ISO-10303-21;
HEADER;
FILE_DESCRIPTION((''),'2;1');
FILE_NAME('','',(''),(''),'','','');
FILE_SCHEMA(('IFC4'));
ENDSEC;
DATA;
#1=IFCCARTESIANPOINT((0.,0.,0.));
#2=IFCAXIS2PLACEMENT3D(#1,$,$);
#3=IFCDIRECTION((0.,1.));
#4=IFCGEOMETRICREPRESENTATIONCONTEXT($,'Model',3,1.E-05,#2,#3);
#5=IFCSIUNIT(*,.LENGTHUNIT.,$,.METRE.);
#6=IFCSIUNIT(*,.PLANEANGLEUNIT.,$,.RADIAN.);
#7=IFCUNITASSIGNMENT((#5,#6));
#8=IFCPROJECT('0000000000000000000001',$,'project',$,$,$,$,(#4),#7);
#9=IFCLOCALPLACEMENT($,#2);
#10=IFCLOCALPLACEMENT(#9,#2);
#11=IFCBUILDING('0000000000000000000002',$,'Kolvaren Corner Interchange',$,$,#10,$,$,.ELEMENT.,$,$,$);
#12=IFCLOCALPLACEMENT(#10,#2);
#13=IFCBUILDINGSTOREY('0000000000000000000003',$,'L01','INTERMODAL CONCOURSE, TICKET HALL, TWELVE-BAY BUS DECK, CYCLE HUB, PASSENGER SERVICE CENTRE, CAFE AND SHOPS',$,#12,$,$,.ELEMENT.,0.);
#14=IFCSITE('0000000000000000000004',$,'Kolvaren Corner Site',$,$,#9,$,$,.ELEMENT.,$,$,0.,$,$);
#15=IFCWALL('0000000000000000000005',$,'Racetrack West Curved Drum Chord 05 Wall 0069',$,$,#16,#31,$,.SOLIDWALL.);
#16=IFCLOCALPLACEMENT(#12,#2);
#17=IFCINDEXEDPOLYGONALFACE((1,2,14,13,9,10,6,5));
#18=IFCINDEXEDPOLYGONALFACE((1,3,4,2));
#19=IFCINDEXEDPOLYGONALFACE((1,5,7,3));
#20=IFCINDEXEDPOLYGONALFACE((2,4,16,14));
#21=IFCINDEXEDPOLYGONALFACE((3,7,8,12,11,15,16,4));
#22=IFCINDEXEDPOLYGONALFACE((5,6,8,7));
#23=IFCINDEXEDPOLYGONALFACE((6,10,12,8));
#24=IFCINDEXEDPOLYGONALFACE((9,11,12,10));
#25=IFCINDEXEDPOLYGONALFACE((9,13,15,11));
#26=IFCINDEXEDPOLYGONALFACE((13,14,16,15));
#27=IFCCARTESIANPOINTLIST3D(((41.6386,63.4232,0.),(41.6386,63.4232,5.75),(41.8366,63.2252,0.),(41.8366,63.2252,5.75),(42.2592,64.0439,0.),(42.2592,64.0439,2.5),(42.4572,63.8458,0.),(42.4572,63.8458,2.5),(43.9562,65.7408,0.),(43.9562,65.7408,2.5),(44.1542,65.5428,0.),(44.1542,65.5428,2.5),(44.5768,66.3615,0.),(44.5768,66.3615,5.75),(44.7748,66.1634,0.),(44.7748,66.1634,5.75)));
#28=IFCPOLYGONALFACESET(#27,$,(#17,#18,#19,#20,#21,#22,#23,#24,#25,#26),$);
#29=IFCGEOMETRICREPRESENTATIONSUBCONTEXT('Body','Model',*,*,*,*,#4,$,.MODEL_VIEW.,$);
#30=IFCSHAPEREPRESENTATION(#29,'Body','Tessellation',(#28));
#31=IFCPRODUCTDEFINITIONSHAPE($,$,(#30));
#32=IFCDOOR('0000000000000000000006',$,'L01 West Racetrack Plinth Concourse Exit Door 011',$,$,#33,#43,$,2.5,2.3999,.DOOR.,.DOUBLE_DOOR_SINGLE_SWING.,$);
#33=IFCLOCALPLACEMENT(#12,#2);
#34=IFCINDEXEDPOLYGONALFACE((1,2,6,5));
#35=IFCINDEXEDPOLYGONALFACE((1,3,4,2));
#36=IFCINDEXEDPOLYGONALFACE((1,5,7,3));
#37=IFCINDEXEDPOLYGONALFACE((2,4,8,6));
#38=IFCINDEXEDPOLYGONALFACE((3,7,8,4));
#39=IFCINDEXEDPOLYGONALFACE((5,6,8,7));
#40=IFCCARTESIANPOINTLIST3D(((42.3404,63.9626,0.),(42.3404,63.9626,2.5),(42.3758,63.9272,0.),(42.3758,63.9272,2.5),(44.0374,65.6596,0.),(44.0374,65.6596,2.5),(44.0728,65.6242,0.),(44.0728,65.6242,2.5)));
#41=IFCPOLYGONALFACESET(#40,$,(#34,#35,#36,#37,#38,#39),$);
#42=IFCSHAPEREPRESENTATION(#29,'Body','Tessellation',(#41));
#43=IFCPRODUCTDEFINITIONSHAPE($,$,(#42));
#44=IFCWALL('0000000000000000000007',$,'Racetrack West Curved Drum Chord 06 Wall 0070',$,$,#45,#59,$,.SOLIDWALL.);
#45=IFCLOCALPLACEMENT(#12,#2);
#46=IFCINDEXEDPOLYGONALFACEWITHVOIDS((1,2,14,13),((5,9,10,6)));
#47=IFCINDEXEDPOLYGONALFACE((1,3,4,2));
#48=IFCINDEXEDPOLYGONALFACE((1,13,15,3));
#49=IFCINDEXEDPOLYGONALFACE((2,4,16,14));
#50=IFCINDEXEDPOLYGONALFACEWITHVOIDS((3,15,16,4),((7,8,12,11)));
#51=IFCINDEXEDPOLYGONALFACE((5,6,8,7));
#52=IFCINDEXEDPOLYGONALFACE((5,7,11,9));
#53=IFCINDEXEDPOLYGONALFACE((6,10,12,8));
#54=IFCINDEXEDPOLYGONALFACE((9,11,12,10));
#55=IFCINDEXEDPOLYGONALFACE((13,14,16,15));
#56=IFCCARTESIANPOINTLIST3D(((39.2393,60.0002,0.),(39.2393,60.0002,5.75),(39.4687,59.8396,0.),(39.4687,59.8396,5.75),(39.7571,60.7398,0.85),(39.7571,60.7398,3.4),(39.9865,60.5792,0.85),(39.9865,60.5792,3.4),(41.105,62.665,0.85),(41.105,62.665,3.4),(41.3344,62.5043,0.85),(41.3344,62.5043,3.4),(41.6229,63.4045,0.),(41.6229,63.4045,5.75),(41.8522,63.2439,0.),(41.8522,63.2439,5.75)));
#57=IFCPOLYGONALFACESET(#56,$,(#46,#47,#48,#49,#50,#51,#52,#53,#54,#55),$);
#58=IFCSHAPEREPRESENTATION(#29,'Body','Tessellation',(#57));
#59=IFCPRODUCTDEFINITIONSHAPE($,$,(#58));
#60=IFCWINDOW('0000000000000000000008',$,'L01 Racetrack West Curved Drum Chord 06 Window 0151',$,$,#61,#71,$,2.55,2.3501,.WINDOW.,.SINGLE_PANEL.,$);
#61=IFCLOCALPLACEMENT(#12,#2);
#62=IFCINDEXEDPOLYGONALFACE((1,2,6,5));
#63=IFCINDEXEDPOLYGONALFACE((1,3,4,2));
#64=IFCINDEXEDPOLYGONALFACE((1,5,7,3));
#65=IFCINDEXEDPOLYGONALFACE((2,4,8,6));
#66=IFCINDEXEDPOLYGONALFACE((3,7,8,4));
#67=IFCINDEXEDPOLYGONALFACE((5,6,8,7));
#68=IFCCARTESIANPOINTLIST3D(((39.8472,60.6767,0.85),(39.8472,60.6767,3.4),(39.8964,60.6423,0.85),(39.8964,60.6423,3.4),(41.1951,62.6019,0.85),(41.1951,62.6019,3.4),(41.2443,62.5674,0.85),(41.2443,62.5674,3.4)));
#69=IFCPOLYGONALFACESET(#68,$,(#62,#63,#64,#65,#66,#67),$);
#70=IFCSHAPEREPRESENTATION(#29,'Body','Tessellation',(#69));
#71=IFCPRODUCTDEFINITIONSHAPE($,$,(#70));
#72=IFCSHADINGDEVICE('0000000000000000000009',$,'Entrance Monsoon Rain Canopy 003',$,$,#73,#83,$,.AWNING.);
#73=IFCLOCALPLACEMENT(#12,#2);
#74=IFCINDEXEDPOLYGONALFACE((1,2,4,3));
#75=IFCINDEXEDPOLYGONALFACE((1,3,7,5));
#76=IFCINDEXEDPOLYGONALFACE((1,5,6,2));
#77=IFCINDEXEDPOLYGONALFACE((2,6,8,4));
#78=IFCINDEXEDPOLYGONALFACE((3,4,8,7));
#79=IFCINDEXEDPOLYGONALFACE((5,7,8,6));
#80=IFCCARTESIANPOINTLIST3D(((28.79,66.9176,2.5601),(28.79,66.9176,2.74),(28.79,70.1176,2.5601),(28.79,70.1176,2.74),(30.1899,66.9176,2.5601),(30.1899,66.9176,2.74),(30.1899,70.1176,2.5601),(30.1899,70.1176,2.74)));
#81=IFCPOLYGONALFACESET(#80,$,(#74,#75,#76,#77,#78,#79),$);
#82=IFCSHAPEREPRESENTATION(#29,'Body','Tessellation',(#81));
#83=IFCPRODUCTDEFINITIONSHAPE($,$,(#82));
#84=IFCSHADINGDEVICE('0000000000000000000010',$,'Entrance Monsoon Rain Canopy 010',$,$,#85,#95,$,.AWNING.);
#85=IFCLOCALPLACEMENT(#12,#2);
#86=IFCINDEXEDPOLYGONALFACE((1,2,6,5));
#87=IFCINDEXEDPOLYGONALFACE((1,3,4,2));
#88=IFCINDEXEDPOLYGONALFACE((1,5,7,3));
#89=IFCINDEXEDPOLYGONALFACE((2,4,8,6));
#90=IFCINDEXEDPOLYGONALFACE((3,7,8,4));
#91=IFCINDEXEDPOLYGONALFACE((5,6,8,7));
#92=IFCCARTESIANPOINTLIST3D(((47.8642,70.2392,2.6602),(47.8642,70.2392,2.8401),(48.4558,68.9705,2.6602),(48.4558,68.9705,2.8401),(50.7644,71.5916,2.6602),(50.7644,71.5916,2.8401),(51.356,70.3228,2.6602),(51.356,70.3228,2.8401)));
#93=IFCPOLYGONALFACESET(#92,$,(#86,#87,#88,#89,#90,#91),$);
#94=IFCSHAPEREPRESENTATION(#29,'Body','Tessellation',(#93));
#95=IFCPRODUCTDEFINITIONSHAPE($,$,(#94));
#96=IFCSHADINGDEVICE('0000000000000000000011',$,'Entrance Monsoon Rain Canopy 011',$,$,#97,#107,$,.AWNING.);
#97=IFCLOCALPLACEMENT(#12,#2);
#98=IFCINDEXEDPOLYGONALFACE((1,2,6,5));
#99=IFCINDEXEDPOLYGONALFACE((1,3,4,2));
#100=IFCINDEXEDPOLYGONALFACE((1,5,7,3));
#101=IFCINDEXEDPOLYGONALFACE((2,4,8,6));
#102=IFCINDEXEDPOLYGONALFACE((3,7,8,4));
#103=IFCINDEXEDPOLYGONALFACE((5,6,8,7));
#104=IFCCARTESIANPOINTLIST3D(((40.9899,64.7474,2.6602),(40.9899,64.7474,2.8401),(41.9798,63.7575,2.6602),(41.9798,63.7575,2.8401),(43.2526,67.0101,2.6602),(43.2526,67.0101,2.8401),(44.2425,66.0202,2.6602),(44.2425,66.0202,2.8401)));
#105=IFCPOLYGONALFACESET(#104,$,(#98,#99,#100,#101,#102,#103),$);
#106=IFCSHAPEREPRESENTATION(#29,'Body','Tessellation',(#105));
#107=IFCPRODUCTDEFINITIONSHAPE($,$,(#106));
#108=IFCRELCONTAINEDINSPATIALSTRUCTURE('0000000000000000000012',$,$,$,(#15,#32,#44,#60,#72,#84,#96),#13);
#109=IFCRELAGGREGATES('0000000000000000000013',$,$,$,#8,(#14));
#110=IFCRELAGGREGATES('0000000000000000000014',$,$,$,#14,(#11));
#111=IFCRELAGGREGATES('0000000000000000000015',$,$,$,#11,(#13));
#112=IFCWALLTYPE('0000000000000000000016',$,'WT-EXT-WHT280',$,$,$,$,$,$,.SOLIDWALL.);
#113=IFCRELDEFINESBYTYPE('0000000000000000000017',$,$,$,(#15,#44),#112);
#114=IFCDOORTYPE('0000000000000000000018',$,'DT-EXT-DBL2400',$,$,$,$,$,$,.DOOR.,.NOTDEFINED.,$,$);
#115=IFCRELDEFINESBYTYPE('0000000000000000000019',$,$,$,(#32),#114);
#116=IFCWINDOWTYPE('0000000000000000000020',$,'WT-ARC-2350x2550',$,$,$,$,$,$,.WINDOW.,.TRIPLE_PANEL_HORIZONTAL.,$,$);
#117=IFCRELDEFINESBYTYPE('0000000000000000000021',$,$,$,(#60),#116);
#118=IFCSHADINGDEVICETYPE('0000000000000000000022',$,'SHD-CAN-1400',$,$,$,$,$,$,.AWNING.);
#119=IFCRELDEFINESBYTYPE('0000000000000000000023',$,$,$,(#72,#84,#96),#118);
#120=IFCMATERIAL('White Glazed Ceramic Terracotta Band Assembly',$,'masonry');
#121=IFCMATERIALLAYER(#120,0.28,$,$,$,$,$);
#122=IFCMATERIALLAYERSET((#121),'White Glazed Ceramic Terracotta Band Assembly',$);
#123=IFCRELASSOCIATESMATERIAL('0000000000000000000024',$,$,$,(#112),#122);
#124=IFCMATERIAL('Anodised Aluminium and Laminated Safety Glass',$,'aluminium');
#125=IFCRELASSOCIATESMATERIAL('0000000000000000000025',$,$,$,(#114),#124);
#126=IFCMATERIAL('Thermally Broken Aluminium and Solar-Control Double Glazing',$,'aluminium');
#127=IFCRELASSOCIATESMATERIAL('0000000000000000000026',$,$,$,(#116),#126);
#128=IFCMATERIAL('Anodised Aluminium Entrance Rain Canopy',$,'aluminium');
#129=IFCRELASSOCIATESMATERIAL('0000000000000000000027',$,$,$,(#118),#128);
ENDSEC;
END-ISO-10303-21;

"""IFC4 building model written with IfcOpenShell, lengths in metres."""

from ifc_helpers import new_model, si_unit, direction, frame, frame_2d, origin, origin_2d, place, context, subcontext, project, spatial, rectangle, extrude, material, layer, layer_set, type_object, element, fill, save


model = new_model("IFC4")

# Units and contexts
model_context = context("Model", 3, precision=1e-05, world=origin(), true_north=direction((0.0, 1.0)))
body_context = subcontext(model_context, "Body", "Model", "MODEL_VIEW")
ifc_project = project(units=[si_unit("LENGTHUNIT", "METRE"), si_unit("PLANEANGLEUNIT", "RADIAN")], contexts=[model_context])

# Site, building, storey
site_placement = place(None, origin())
site = spatial("IfcSite", under=ifc_project, at=site_placement, Name="Kolvaren Corner Site", CompositionType="ELEMENT", RefElevation=0.0)
building_placement = place(site_placement, origin())
building = spatial("IfcBuilding", under=site, at=building_placement, Name="Kolvaren Corner Interchange", CompositionType="ELEMENT")
storey_placement = place(building_placement, origin())
storey = spatial("IfcBuildingStorey", under=building, at=storey_placement, Name="L01", Description="INTERMODAL CONCOURSE, TICKET HALL, TWELVE-BAY BUS DECK, CYCLE HUB, PASSENGER SERVICE CENTRE, CAFE AND SHOPS", CompositionType="ELEMENT", Elevation=0.0)

# Shared definitions
ifc_material_1 = material(Name="White Glazed Ceramic Terracotta Band Assembly", Category="masonry")
ifc_layer = layer(ifc_material_1, 0.28)
ifc_layer_set = layer_set([ifc_layer], Name="White Glazed Ceramic Terracotta Band Assembly")
wall_type = type_object("IfcWallType", Name="WT-EXT-WHT280", PredefinedType="SOLIDWALL", material=ifc_layer_set)
ifc_material_2 = material(Name="Anodised Aluminium and Laminated Safety Glass", Category="aluminium")
door_type = type_object("IfcDoorType", Name="DT-EXT-DBL2400", OperationType="NOTDEFINED", PredefinedType="DOOR", material=ifc_material_2)

# Shared definitions
ifc_material_3 = material(Name="Thermally Broken Aluminium and Solar-Control Double Glazing", Category="aluminium")
window_type = type_object("IfcWindowType", Name="WT-ARC-2350x2550", PartitioningType="TRIPLE_PANEL_HORIZONTAL", PredefinedType="WINDOW", material=ifc_material_3)

# Wall, opening, door
wall_1_placement = place(storey_placement, frame((44.6758, 66.2625, 0.0), z_axis=(0.0, 0.0, 1.0), x_axis=(-0.707107, -0.707107, 0.0)))
wall_1 = element("IfcWall", 1, at=wall_1_placement, inside=storey, type_object=wall_type, Name="Racetrack West Curved Drum Chord 05 Wall 0069", PredefinedType="SOLIDWALL", context=body_context, shape_type="SweptSolid", body=[
    extrude(rectangle(XDim=4.1553, YDim=0.28, at=frame_2d((2.0776, 0.0))), origin(), (0.0, 0.0, 1.0), 5.75),
])
opening_1_placement = place(wall_1_placement, frame((0.8777, 0.0, 0.0)))
opening_1 = element("IfcOpeningElement", 2, at=opening_1_placement, cuts=wall_1, PredefinedType="OPENING", context=body_context, shape_type="SweptSolid", body=[
    extrude(rectangle(XDim=2.3999, YDim=2.5, at=frame_2d((1.2, 1.25))), frame((0.0, 0.1499, 0.0), z_axis=(0.0, -1.0, 0.0), x_axis=(1.0, 0.0, 0.0)), (0.0, 0.0, 1.0), 0.3),
])
door_1_placement = place(opening_1_placement, origin())
door_1 = element("IfcDoor", 3, at=door_1_placement, inside=storey, type_object=door_type, Name="L01 West Racetrack Plinth Concourse Exit Door 011", OperationType="DOUBLE_DOOR_SINGLE_SWING", OverallHeight=2.5, OverallWidth=2.3999, PredefinedType="DOOR", context=body_context, shape_type="SweptSolid", body=[
    extrude(rectangle(XDim=2.3999, YDim=2.5, at=frame_2d((1.2, 1.25))), frame((0.0, 0.0249, 0.0), z_axis=(0.0, -1.0, 0.0), x_axis=(1.0, 0.0, 0.0)), (0.0, 0.0, 1.0), 0.05),
])
fill(opening_1, door_1)

# Wall, opening, window
wall_2_placement = place(storey_placement, frame((41.7375, 63.3242, 0.0), z_axis=(0.0, 0.0, 1.0), x_axis=(-0.573549, -0.819171, 0.0)))
wall_2 = element("IfcWall", 4, at=wall_2_placement, inside=storey, type_object=wall_type, Name="Racetrack West Curved Drum Chord 06 Wall 0070", PredefinedType="SOLIDWALL", context=body_context, shape_type="SweptSolid", body=[
    extrude(rectangle(XDim=4.1558, YDim=0.28, at=frame_2d((2.0779, 0.0))), origin(), (0.0, 0.0, 1.0), 5.75),
])
opening_2_placement = place(wall_2_placement, frame((0.9028, 0.0, 0.8501)))
opening_2 = element("IfcOpeningElement", 5, at=opening_2_placement, cuts=wall_2, PredefinedType="OPENING", context=body_context, shape_type="SweptSolid", body=[
    extrude(rectangle(XDim=2.3501, YDim=2.55, at=frame_2d((1.175, 1.2749))), frame((0.0, 0.1499, 0.0), z_axis=(0.0, -1.0, 0.0), x_axis=(1.0, 0.0, 0.0)), (0.0, 0.0, 1.0), 0.3),
])
window_1_placement = place(opening_2_placement, origin())
window_1 = element("IfcWindow", 6, at=window_1_placement, inside=storey, type_object=window_type, Name="L01 Racetrack West Curved Drum Chord 06 Window 0151", OverallHeight=2.55, OverallWidth=2.3501, PartitioningType="SINGLE_PANEL", PredefinedType="WINDOW", context=body_context, shape_type="SweptSolid", body=[
    extrude(rectangle(XDim=2.3501, YDim=2.55, at=frame_2d((1.175, 1.2749))), frame((0.0, 0.03, 0.0), z_axis=(0.0, -1.0, 0.0), x_axis=(1.0, 0.0, 0.0)), (0.0, 0.0, 1.0), 0.0601),
])
fill(opening_2, window_1)

# Shading devices
ifc_material_4 = material(Name="Anodised Aluminium Entrance Rain Canopy", Category="aluminium")
shading_device_type = type_object("IfcShadingDeviceType", Name="SHD-CAN-1400", PredefinedType="AWNING", material=ifc_material_4)
for number, where, z_axis, x_axis, name in (
    (7, (29.49, 68.5176, 2.5601), (0.0, 0.0, 1.0), (0.0, 1.0, 0.0), "Entrance Monsoon Rain Canopy 003"),
    (8, (49.6101, 70.281, 2.6602), (0.0, 0.0, 1.0), (-0.906308, -0.422618, 0.0), "Entrance Monsoon Rain Canopy 010"),
    (9, (42.6162, 65.3838, 2.6602), (0.0, 0.0, 1.0), (-0.707107, -0.707107, 0.0), "Entrance Monsoon Rain Canopy 011"),
):
    element("IfcShadingDevice", number, at=place(storey_placement, frame(where, z_axis=z_axis, x_axis=x_axis)), inside=storey, type_object=shading_device_type, Name=name, PredefinedType="AWNING", context=body_context, shape_type="SweptSolid", body=[
        extrude(rectangle(XDim=3.2, YDim=1.3999, at=origin_2d()), origin(), (0.0, 0.0, 1.0), 0.1799),
    ])

save(model, "model.ifc")
